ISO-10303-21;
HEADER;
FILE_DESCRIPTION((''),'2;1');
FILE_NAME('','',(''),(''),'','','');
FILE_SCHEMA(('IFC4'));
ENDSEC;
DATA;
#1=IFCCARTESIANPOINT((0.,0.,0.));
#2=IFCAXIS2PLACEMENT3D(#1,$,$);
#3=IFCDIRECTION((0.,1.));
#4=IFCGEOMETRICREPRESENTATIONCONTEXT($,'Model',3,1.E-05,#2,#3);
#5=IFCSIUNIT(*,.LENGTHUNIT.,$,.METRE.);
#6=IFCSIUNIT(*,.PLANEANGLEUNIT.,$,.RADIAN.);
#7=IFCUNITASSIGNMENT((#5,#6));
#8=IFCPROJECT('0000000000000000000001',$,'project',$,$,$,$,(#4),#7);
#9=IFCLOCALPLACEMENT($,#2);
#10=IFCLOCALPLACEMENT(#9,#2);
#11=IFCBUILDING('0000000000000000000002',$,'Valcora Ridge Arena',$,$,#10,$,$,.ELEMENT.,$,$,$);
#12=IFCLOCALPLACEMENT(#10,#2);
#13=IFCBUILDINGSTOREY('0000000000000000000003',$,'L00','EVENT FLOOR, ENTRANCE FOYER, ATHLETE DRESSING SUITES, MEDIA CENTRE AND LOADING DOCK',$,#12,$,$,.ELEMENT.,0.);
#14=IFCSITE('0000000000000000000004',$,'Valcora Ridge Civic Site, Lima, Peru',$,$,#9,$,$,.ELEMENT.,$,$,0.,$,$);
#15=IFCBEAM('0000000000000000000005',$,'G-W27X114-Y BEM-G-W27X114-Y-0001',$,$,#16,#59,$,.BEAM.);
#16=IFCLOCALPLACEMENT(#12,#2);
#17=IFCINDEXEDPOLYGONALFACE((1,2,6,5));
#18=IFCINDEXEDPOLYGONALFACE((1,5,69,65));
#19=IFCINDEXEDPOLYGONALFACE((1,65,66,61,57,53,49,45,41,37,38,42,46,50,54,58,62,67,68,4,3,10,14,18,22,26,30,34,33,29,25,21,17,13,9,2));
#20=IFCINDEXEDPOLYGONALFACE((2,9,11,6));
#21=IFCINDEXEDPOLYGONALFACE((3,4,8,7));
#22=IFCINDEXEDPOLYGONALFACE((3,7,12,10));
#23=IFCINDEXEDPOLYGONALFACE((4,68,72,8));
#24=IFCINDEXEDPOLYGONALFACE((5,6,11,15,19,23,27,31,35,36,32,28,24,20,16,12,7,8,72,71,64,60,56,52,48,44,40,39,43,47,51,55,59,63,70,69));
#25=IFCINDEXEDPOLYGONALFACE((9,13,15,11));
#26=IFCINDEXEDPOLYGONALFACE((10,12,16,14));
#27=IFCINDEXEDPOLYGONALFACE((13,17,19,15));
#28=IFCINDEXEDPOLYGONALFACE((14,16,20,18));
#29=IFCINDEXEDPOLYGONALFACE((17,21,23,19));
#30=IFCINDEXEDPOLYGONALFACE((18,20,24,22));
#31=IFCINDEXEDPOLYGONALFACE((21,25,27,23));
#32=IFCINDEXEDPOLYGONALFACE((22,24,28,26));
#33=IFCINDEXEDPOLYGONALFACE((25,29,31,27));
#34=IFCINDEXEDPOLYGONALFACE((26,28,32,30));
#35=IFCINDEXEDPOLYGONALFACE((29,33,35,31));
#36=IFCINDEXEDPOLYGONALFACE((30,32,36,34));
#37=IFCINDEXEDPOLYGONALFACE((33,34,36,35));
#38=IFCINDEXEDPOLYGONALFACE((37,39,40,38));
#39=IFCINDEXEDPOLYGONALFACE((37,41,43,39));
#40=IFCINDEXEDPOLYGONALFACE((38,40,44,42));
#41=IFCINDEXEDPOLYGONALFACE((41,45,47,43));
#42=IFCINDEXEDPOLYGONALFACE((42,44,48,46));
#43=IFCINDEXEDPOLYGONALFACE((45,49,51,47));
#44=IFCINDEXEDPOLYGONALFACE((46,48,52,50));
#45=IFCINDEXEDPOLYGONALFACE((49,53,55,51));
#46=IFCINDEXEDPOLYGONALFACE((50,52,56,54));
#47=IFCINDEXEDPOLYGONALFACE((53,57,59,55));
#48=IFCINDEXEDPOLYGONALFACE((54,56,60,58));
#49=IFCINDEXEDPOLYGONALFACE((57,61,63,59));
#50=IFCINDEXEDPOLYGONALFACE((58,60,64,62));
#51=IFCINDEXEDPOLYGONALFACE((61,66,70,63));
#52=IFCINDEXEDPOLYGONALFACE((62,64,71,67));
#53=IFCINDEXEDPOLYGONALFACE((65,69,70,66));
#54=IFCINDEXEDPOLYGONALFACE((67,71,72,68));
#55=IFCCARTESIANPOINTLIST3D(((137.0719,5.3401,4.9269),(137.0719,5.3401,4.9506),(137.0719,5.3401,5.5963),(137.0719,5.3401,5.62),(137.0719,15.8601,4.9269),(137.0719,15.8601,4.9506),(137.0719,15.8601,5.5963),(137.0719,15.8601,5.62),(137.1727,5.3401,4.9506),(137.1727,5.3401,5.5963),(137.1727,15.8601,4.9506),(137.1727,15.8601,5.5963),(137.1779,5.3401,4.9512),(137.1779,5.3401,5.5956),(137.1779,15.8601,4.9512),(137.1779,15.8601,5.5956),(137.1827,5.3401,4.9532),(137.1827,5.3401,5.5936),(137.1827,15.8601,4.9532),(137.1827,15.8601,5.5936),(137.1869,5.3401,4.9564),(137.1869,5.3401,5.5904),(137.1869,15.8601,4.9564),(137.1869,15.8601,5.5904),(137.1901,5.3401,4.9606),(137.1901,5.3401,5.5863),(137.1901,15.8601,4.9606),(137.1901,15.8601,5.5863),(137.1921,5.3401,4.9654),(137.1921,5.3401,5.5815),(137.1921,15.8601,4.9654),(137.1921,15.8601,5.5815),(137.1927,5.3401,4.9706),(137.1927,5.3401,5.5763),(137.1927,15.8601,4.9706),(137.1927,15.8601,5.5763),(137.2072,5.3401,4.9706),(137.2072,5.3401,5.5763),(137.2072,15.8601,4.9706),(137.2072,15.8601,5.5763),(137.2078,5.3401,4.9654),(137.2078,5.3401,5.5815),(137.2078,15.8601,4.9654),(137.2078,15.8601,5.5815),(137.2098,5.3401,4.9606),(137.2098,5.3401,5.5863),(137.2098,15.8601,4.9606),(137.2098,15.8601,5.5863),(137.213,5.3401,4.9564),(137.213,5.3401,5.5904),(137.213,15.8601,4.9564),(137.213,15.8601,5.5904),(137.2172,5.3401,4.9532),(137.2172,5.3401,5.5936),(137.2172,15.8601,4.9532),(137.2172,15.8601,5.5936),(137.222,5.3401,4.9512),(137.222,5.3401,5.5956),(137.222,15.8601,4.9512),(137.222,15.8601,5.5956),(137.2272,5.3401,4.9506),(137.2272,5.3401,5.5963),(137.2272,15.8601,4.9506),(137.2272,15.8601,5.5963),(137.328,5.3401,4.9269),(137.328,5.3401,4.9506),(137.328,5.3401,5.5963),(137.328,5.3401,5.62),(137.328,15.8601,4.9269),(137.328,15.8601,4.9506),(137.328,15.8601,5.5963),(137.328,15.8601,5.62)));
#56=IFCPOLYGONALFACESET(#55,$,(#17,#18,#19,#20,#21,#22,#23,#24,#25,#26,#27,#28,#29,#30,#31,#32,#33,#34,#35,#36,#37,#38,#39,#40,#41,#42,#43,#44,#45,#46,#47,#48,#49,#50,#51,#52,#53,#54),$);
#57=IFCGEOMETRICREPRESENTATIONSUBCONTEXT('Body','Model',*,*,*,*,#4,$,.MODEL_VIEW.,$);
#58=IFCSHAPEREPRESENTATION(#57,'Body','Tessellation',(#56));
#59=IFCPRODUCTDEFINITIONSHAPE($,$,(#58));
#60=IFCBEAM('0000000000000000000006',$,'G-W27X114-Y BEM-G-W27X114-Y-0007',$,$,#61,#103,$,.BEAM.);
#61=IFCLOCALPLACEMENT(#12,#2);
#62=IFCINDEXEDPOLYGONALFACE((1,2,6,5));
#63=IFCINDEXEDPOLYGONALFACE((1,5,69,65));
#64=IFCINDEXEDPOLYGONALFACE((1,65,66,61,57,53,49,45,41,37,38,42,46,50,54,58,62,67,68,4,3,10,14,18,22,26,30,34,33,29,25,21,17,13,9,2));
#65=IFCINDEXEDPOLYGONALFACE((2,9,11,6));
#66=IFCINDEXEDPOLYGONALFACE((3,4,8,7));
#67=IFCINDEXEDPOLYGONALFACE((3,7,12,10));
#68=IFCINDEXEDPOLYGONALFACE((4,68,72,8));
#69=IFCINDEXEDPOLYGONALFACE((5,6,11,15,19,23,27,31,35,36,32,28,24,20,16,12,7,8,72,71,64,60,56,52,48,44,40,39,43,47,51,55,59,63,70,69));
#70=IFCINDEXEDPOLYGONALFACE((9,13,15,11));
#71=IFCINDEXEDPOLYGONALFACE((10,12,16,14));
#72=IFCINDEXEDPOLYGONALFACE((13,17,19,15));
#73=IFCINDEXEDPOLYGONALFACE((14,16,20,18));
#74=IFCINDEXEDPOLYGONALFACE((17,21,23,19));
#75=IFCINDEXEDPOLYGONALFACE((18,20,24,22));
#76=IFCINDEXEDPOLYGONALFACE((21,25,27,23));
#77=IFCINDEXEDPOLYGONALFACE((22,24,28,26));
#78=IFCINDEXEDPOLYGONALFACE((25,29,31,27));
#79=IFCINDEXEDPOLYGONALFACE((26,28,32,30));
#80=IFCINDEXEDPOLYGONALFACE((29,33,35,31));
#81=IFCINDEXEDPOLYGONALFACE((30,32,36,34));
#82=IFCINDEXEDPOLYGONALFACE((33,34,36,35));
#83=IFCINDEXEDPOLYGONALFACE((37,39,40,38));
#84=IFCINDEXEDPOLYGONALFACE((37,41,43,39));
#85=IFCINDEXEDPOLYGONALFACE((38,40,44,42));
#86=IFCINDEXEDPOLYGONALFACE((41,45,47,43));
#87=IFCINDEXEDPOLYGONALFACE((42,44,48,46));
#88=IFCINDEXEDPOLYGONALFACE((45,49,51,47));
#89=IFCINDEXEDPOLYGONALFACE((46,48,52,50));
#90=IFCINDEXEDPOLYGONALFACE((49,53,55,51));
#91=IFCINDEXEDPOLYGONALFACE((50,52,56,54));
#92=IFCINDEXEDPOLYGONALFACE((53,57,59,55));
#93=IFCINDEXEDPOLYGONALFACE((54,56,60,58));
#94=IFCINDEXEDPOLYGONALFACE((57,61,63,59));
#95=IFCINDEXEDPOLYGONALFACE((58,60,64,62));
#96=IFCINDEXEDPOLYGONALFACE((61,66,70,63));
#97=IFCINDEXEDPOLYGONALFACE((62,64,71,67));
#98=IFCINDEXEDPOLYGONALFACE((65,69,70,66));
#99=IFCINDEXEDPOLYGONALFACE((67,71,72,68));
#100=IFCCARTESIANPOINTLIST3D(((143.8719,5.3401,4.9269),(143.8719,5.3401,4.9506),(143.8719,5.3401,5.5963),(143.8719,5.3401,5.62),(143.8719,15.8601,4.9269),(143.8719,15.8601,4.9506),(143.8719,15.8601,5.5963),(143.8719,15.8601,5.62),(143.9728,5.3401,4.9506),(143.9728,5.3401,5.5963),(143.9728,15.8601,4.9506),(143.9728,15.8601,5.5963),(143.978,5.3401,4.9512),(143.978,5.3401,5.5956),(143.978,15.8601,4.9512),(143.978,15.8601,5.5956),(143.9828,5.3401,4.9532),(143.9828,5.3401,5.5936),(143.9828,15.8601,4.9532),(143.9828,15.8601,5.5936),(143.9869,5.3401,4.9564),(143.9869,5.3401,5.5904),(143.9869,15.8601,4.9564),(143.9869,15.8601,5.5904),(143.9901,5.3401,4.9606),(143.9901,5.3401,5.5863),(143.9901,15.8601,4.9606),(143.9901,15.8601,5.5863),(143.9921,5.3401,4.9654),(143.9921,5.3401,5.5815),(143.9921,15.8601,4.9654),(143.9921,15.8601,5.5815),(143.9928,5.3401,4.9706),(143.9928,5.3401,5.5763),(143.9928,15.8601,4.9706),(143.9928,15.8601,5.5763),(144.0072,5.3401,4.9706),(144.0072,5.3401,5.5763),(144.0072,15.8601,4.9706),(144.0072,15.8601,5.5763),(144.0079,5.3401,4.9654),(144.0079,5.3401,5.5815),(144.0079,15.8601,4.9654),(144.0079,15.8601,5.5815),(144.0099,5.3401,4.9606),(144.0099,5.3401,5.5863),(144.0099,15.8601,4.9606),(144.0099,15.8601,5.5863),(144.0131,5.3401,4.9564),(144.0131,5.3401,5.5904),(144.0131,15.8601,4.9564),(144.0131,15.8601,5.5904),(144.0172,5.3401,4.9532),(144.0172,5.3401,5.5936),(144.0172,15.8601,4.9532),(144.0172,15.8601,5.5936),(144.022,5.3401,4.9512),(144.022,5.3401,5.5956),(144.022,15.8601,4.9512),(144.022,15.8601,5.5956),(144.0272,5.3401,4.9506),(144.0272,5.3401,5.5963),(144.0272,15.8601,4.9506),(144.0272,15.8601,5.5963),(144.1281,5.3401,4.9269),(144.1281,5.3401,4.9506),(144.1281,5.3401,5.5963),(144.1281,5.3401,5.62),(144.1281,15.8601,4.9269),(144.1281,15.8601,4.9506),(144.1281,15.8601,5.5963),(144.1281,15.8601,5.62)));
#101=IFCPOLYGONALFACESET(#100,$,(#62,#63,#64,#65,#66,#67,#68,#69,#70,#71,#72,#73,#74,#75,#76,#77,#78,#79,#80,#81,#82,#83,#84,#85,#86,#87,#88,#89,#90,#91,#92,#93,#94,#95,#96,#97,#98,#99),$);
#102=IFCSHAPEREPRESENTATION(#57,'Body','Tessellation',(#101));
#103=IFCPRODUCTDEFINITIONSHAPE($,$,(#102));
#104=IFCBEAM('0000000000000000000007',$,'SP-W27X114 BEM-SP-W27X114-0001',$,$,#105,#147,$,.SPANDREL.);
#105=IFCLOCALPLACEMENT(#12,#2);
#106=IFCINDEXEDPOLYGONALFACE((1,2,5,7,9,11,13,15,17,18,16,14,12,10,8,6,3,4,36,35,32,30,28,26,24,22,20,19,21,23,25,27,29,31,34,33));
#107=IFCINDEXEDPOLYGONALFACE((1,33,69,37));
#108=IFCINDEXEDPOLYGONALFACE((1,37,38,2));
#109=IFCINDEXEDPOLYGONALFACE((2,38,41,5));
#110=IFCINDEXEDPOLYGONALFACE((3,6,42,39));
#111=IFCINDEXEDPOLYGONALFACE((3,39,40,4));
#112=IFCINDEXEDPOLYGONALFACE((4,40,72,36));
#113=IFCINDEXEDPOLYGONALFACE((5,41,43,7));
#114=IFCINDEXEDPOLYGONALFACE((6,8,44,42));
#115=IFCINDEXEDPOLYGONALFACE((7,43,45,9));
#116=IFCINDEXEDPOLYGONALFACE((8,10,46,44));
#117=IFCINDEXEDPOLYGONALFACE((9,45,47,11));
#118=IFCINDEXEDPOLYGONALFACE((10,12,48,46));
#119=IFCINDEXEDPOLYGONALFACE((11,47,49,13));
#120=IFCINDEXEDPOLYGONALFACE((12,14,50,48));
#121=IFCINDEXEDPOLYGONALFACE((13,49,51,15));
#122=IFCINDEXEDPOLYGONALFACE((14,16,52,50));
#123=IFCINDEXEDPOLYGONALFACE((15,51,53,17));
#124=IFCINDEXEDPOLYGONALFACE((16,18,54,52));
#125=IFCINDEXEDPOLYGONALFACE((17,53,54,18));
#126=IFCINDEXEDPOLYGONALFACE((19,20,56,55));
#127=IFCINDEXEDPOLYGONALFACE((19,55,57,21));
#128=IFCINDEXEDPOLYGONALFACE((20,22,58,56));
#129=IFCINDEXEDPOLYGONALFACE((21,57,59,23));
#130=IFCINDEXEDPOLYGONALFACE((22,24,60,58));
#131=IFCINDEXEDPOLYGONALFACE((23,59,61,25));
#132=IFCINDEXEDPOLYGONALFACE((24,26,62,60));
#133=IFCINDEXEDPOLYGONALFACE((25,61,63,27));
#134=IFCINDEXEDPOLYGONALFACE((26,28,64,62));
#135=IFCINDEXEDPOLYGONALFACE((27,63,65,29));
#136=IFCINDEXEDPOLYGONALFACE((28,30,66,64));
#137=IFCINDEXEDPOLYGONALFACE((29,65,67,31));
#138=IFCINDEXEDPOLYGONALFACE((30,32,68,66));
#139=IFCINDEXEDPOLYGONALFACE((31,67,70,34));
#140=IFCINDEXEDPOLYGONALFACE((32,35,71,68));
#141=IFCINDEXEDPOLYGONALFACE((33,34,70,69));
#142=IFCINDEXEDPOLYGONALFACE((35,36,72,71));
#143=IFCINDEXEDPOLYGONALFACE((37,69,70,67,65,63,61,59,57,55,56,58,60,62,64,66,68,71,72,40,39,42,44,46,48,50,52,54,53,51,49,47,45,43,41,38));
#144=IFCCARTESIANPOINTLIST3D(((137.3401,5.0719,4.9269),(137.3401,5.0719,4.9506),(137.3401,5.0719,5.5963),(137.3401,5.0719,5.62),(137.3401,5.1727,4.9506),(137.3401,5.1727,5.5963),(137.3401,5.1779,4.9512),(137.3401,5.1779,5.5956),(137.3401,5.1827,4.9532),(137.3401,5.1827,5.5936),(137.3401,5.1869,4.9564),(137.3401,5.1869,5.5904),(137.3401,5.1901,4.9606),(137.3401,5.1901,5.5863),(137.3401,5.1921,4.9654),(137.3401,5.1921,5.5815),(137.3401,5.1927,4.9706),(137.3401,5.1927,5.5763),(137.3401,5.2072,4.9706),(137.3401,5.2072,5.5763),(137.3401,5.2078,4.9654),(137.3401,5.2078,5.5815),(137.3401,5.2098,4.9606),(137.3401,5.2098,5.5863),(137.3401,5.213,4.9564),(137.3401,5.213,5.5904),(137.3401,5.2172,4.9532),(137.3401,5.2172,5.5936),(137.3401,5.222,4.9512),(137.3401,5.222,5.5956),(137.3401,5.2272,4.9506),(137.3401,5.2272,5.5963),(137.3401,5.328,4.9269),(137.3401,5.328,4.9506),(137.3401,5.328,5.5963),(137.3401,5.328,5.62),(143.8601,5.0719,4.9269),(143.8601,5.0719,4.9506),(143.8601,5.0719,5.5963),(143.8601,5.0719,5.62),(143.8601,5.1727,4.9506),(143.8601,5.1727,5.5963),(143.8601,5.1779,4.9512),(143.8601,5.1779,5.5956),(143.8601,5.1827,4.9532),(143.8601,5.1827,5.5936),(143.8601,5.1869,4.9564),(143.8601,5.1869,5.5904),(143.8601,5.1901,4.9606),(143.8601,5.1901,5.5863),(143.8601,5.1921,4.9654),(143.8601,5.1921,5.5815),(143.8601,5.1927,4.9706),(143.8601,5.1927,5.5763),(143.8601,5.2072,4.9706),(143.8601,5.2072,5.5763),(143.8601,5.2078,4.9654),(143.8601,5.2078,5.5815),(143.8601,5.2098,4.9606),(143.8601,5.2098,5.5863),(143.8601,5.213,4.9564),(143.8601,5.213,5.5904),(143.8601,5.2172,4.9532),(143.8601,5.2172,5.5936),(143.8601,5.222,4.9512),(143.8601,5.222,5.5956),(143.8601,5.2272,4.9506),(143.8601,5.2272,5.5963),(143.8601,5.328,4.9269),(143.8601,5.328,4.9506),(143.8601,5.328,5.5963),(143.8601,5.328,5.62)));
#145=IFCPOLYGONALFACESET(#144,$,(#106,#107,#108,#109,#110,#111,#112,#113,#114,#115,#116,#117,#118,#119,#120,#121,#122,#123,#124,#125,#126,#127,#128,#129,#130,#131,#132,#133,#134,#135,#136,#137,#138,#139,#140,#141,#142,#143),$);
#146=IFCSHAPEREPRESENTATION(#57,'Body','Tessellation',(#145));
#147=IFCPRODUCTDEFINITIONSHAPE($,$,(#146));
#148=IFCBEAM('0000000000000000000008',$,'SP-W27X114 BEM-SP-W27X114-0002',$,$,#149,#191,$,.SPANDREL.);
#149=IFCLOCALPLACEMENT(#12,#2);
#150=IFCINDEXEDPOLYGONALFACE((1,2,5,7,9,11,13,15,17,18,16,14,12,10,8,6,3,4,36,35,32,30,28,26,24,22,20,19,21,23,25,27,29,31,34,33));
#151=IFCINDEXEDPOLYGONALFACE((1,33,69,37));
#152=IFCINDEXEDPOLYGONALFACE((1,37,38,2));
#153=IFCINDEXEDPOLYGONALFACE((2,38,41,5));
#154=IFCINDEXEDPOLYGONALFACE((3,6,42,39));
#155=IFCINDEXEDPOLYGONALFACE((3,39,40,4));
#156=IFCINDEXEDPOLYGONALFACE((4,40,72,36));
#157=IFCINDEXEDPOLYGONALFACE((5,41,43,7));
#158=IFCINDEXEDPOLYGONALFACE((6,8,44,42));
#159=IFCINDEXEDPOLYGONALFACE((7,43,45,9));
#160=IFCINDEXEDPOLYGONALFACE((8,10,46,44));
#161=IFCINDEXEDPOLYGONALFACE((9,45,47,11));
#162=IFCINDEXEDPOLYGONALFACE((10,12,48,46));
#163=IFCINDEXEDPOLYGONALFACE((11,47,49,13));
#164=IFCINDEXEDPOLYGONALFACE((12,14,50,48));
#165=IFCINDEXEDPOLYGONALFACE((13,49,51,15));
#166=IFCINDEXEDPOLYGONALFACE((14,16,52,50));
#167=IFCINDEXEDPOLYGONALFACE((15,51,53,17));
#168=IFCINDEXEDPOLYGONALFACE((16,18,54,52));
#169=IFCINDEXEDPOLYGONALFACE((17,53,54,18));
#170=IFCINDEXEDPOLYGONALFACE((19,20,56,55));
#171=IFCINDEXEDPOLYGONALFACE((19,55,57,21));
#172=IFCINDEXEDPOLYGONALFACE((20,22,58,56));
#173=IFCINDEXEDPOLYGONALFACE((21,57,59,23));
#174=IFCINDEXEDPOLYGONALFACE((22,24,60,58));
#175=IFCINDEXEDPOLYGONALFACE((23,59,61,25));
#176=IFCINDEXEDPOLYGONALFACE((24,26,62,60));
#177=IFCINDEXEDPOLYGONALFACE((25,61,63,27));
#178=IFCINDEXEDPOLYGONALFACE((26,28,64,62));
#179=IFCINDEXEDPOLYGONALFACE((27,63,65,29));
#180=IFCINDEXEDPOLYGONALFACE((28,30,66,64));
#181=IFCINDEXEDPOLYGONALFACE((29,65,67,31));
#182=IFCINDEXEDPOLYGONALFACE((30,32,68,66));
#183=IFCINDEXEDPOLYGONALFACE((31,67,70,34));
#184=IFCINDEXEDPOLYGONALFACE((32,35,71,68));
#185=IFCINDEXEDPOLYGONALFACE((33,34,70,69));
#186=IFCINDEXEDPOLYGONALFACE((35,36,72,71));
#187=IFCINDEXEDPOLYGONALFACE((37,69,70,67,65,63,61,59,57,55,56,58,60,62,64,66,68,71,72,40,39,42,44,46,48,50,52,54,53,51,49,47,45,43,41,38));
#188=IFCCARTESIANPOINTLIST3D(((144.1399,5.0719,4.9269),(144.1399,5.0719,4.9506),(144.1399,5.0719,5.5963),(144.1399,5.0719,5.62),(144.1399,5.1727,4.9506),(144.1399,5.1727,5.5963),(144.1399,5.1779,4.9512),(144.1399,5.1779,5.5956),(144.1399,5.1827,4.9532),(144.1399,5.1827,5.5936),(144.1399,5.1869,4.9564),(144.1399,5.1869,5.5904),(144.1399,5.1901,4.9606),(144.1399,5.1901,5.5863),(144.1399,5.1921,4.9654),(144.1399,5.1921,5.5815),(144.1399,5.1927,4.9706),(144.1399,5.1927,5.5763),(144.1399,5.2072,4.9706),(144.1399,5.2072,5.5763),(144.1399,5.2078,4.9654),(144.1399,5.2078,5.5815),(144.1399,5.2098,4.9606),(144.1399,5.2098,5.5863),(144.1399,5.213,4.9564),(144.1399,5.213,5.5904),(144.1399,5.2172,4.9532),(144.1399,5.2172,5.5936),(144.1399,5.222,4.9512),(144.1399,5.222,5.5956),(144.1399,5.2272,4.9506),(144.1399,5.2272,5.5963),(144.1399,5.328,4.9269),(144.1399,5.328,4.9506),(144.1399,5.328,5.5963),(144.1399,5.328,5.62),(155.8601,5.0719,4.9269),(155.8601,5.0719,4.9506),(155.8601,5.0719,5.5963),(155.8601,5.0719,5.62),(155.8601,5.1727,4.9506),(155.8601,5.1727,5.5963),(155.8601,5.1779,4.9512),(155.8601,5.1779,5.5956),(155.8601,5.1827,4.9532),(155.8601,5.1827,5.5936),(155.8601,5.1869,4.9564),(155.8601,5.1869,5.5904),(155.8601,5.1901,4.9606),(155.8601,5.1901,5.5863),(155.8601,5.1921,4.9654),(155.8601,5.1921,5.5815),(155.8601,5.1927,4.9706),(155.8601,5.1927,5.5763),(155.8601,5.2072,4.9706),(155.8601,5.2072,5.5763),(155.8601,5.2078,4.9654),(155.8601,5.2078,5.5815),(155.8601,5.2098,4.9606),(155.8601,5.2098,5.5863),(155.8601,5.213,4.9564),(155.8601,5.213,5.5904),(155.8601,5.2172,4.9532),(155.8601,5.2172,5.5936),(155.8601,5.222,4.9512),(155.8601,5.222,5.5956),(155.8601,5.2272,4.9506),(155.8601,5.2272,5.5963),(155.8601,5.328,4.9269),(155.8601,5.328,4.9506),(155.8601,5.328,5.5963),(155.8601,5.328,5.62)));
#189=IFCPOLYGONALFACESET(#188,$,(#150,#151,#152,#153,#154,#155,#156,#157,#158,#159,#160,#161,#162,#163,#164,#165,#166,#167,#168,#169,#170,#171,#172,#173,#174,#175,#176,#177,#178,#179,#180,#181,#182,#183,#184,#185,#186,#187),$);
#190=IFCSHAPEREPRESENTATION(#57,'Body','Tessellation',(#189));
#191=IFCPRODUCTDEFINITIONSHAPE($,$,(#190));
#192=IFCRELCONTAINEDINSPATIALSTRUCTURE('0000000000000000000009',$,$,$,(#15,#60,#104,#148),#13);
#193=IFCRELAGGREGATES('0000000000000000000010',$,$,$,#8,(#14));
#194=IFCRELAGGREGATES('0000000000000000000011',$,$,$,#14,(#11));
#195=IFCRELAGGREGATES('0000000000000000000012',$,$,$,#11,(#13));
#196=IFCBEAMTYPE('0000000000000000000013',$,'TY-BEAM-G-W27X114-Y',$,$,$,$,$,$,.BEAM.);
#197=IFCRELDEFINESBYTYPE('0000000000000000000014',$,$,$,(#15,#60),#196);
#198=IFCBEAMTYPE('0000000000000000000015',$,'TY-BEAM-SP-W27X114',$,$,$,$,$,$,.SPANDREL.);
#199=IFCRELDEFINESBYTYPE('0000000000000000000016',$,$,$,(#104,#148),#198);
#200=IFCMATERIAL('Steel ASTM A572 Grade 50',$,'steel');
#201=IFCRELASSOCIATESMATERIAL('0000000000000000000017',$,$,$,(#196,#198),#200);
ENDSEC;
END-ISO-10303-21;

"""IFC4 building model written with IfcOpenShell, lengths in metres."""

from ifc_helpers import new_model, si_unit, direction, frame, origin, origin_2d, place, context, subcontext, project, spatial, i_section, extrude, material, material_profile, profile_set, type_object, element, save


model = new_model("IFC4")

# Units and contexts
model_context = context("Model", 3, precision=1e-05, world=origin(), true_north=direction((0.0, 1.0)))
body_context = subcontext(model_context, "Body", "Model", "MODEL_VIEW")
ifc_project = project(units=[si_unit("LENGTHUNIT", "METRE"), si_unit("PLANEANGLEUNIT", "RADIAN")], contexts=[model_context])

# Site, building, storey
site_placement = place(None, origin())
site = spatial("IfcSite", under=ifc_project, at=site_placement, Name="Valcora Ridge Civic Site, Lima, Peru", CompositionType="ELEMENT", RefElevation=0.0)
building_placement = place(site_placement, origin())
building = spatial("IfcBuilding", under=site, at=building_placement, Name="Valcora Ridge Arena", CompositionType="ELEMENT")
storey_placement = place(building_placement, origin())
storey = spatial("IfcBuildingStorey", under=building, at=storey_placement, Name="L00", Description="EVENT FLOOR, ENTRANCE FOYER, ATHLETE DRESSING SUITES, MEDIA CENTRE AND LOADING DOCK", CompositionType="ELEMENT", Elevation=0.0)

# Shared definitions
ifc_material_1 = material(Name="Steel ASTM A572 Grade 50", Category="steel")

# Beams
ifc_material_profile_1 = material_profile(ifc_material_1, i_section(OverallWidth=0.2561, OverallDepth=0.6931, WebThickness=0.0144, FlangeThickness=0.0237, FilletRadius=0.02, at=origin_2d()), Name="W27X114")
ifc_profile_set_1 = profile_set([ifc_material_profile_1], Name="Steel ASTM A572 Grade 50")
beam_type_1 = type_object("IfcBeamType", Name="TY-BEAM-G-W27X114-Y", PredefinedType="BEAM", material=ifc_profile_set_1)
for number, where, z_axis, x_axis, name in (
    (1, (137.2, 5.3401, 5.2734), (0.0, 1.0, 0.0), (-1.0, 0.0, 0.0), "G-W27X114-Y BEM-G-W27X114-Y-0001"),
    (2, (144.0, 5.3401, 5.2734), (0.0, 1.0, 0.0), (-1.0, 0.0, 0.0), "G-W27X114-Y BEM-G-W27X114-Y-0007"),
):
    element("IfcBeam", number, at=place(storey_placement, frame(where, z_axis=z_axis, x_axis=x_axis)), inside=storey, type_object=beam_type_1, Name=name, PredefinedType="BEAM", context=body_context, shape_type="SweptSolid", body=[
        extrude(i_section(OverallWidth=0.2561, OverallDepth=0.6931, WebThickness=0.0144, FlangeThickness=0.0237, FilletRadius=0.02, at=origin_2d()), origin(), (0.0, 0.0, 1.0), 10.52),
    ])
ifc_material_profile_2 = material_profile(ifc_material_1, i_section(OverallWidth=0.2561, OverallDepth=0.6931, WebThickness=0.0144, FlangeThickness=0.0237, FilletRadius=0.02, at=origin_2d()), Name="W27X114")
ifc_profile_set_2 = profile_set([ifc_material_profile_2], Name="Steel ASTM A572 Grade 50")
beam_type_2 = type_object("IfcBeamType", Name="TY-BEAM-SP-W27X114", PredefinedType="SPANDREL", material=ifc_profile_set_2)
beam_1_placement = place(storey_placement, frame((137.3401, 5.2, 5.2734), z_axis=(1.0, 0.0, 0.0), x_axis=(0.0, 1.0, 0.0)))
element("IfcBeam", 3, at=beam_1_placement, inside=storey, type_object=beam_type_2, Name="SP-W27X114 BEM-SP-W27X114-0001", PredefinedType="SPANDREL", context=body_context, shape_type="SweptSolid", body=[
    extrude(i_section(OverallWidth=0.2561, OverallDepth=0.6931, WebThickness=0.0144, FlangeThickness=0.0237, FilletRadius=0.02, at=origin_2d()), origin(), (0.0, 0.0, 1.0), 6.52),
])
beam_2_placement = place(storey_placement, frame((144.1399, 5.2, 5.2734), z_axis=(1.0, 0.0, 0.0), x_axis=(0.0, 1.0, 0.0)))
element("IfcBeam", 4, at=beam_2_placement, inside=storey, type_object=beam_type_2, Name="SP-W27X114 BEM-SP-W27X114-0002", PredefinedType="SPANDREL", context=body_context, shape_type="SweptSolid", body=[
    extrude(i_section(OverallWidth=0.2561, OverallDepth=0.6931, WebThickness=0.0144, FlangeThickness=0.0237, FilletRadius=0.02, at=origin_2d()), origin(), (0.0, 0.0, 1.0), 11.7202),
])

save(model, "model.ifc")
